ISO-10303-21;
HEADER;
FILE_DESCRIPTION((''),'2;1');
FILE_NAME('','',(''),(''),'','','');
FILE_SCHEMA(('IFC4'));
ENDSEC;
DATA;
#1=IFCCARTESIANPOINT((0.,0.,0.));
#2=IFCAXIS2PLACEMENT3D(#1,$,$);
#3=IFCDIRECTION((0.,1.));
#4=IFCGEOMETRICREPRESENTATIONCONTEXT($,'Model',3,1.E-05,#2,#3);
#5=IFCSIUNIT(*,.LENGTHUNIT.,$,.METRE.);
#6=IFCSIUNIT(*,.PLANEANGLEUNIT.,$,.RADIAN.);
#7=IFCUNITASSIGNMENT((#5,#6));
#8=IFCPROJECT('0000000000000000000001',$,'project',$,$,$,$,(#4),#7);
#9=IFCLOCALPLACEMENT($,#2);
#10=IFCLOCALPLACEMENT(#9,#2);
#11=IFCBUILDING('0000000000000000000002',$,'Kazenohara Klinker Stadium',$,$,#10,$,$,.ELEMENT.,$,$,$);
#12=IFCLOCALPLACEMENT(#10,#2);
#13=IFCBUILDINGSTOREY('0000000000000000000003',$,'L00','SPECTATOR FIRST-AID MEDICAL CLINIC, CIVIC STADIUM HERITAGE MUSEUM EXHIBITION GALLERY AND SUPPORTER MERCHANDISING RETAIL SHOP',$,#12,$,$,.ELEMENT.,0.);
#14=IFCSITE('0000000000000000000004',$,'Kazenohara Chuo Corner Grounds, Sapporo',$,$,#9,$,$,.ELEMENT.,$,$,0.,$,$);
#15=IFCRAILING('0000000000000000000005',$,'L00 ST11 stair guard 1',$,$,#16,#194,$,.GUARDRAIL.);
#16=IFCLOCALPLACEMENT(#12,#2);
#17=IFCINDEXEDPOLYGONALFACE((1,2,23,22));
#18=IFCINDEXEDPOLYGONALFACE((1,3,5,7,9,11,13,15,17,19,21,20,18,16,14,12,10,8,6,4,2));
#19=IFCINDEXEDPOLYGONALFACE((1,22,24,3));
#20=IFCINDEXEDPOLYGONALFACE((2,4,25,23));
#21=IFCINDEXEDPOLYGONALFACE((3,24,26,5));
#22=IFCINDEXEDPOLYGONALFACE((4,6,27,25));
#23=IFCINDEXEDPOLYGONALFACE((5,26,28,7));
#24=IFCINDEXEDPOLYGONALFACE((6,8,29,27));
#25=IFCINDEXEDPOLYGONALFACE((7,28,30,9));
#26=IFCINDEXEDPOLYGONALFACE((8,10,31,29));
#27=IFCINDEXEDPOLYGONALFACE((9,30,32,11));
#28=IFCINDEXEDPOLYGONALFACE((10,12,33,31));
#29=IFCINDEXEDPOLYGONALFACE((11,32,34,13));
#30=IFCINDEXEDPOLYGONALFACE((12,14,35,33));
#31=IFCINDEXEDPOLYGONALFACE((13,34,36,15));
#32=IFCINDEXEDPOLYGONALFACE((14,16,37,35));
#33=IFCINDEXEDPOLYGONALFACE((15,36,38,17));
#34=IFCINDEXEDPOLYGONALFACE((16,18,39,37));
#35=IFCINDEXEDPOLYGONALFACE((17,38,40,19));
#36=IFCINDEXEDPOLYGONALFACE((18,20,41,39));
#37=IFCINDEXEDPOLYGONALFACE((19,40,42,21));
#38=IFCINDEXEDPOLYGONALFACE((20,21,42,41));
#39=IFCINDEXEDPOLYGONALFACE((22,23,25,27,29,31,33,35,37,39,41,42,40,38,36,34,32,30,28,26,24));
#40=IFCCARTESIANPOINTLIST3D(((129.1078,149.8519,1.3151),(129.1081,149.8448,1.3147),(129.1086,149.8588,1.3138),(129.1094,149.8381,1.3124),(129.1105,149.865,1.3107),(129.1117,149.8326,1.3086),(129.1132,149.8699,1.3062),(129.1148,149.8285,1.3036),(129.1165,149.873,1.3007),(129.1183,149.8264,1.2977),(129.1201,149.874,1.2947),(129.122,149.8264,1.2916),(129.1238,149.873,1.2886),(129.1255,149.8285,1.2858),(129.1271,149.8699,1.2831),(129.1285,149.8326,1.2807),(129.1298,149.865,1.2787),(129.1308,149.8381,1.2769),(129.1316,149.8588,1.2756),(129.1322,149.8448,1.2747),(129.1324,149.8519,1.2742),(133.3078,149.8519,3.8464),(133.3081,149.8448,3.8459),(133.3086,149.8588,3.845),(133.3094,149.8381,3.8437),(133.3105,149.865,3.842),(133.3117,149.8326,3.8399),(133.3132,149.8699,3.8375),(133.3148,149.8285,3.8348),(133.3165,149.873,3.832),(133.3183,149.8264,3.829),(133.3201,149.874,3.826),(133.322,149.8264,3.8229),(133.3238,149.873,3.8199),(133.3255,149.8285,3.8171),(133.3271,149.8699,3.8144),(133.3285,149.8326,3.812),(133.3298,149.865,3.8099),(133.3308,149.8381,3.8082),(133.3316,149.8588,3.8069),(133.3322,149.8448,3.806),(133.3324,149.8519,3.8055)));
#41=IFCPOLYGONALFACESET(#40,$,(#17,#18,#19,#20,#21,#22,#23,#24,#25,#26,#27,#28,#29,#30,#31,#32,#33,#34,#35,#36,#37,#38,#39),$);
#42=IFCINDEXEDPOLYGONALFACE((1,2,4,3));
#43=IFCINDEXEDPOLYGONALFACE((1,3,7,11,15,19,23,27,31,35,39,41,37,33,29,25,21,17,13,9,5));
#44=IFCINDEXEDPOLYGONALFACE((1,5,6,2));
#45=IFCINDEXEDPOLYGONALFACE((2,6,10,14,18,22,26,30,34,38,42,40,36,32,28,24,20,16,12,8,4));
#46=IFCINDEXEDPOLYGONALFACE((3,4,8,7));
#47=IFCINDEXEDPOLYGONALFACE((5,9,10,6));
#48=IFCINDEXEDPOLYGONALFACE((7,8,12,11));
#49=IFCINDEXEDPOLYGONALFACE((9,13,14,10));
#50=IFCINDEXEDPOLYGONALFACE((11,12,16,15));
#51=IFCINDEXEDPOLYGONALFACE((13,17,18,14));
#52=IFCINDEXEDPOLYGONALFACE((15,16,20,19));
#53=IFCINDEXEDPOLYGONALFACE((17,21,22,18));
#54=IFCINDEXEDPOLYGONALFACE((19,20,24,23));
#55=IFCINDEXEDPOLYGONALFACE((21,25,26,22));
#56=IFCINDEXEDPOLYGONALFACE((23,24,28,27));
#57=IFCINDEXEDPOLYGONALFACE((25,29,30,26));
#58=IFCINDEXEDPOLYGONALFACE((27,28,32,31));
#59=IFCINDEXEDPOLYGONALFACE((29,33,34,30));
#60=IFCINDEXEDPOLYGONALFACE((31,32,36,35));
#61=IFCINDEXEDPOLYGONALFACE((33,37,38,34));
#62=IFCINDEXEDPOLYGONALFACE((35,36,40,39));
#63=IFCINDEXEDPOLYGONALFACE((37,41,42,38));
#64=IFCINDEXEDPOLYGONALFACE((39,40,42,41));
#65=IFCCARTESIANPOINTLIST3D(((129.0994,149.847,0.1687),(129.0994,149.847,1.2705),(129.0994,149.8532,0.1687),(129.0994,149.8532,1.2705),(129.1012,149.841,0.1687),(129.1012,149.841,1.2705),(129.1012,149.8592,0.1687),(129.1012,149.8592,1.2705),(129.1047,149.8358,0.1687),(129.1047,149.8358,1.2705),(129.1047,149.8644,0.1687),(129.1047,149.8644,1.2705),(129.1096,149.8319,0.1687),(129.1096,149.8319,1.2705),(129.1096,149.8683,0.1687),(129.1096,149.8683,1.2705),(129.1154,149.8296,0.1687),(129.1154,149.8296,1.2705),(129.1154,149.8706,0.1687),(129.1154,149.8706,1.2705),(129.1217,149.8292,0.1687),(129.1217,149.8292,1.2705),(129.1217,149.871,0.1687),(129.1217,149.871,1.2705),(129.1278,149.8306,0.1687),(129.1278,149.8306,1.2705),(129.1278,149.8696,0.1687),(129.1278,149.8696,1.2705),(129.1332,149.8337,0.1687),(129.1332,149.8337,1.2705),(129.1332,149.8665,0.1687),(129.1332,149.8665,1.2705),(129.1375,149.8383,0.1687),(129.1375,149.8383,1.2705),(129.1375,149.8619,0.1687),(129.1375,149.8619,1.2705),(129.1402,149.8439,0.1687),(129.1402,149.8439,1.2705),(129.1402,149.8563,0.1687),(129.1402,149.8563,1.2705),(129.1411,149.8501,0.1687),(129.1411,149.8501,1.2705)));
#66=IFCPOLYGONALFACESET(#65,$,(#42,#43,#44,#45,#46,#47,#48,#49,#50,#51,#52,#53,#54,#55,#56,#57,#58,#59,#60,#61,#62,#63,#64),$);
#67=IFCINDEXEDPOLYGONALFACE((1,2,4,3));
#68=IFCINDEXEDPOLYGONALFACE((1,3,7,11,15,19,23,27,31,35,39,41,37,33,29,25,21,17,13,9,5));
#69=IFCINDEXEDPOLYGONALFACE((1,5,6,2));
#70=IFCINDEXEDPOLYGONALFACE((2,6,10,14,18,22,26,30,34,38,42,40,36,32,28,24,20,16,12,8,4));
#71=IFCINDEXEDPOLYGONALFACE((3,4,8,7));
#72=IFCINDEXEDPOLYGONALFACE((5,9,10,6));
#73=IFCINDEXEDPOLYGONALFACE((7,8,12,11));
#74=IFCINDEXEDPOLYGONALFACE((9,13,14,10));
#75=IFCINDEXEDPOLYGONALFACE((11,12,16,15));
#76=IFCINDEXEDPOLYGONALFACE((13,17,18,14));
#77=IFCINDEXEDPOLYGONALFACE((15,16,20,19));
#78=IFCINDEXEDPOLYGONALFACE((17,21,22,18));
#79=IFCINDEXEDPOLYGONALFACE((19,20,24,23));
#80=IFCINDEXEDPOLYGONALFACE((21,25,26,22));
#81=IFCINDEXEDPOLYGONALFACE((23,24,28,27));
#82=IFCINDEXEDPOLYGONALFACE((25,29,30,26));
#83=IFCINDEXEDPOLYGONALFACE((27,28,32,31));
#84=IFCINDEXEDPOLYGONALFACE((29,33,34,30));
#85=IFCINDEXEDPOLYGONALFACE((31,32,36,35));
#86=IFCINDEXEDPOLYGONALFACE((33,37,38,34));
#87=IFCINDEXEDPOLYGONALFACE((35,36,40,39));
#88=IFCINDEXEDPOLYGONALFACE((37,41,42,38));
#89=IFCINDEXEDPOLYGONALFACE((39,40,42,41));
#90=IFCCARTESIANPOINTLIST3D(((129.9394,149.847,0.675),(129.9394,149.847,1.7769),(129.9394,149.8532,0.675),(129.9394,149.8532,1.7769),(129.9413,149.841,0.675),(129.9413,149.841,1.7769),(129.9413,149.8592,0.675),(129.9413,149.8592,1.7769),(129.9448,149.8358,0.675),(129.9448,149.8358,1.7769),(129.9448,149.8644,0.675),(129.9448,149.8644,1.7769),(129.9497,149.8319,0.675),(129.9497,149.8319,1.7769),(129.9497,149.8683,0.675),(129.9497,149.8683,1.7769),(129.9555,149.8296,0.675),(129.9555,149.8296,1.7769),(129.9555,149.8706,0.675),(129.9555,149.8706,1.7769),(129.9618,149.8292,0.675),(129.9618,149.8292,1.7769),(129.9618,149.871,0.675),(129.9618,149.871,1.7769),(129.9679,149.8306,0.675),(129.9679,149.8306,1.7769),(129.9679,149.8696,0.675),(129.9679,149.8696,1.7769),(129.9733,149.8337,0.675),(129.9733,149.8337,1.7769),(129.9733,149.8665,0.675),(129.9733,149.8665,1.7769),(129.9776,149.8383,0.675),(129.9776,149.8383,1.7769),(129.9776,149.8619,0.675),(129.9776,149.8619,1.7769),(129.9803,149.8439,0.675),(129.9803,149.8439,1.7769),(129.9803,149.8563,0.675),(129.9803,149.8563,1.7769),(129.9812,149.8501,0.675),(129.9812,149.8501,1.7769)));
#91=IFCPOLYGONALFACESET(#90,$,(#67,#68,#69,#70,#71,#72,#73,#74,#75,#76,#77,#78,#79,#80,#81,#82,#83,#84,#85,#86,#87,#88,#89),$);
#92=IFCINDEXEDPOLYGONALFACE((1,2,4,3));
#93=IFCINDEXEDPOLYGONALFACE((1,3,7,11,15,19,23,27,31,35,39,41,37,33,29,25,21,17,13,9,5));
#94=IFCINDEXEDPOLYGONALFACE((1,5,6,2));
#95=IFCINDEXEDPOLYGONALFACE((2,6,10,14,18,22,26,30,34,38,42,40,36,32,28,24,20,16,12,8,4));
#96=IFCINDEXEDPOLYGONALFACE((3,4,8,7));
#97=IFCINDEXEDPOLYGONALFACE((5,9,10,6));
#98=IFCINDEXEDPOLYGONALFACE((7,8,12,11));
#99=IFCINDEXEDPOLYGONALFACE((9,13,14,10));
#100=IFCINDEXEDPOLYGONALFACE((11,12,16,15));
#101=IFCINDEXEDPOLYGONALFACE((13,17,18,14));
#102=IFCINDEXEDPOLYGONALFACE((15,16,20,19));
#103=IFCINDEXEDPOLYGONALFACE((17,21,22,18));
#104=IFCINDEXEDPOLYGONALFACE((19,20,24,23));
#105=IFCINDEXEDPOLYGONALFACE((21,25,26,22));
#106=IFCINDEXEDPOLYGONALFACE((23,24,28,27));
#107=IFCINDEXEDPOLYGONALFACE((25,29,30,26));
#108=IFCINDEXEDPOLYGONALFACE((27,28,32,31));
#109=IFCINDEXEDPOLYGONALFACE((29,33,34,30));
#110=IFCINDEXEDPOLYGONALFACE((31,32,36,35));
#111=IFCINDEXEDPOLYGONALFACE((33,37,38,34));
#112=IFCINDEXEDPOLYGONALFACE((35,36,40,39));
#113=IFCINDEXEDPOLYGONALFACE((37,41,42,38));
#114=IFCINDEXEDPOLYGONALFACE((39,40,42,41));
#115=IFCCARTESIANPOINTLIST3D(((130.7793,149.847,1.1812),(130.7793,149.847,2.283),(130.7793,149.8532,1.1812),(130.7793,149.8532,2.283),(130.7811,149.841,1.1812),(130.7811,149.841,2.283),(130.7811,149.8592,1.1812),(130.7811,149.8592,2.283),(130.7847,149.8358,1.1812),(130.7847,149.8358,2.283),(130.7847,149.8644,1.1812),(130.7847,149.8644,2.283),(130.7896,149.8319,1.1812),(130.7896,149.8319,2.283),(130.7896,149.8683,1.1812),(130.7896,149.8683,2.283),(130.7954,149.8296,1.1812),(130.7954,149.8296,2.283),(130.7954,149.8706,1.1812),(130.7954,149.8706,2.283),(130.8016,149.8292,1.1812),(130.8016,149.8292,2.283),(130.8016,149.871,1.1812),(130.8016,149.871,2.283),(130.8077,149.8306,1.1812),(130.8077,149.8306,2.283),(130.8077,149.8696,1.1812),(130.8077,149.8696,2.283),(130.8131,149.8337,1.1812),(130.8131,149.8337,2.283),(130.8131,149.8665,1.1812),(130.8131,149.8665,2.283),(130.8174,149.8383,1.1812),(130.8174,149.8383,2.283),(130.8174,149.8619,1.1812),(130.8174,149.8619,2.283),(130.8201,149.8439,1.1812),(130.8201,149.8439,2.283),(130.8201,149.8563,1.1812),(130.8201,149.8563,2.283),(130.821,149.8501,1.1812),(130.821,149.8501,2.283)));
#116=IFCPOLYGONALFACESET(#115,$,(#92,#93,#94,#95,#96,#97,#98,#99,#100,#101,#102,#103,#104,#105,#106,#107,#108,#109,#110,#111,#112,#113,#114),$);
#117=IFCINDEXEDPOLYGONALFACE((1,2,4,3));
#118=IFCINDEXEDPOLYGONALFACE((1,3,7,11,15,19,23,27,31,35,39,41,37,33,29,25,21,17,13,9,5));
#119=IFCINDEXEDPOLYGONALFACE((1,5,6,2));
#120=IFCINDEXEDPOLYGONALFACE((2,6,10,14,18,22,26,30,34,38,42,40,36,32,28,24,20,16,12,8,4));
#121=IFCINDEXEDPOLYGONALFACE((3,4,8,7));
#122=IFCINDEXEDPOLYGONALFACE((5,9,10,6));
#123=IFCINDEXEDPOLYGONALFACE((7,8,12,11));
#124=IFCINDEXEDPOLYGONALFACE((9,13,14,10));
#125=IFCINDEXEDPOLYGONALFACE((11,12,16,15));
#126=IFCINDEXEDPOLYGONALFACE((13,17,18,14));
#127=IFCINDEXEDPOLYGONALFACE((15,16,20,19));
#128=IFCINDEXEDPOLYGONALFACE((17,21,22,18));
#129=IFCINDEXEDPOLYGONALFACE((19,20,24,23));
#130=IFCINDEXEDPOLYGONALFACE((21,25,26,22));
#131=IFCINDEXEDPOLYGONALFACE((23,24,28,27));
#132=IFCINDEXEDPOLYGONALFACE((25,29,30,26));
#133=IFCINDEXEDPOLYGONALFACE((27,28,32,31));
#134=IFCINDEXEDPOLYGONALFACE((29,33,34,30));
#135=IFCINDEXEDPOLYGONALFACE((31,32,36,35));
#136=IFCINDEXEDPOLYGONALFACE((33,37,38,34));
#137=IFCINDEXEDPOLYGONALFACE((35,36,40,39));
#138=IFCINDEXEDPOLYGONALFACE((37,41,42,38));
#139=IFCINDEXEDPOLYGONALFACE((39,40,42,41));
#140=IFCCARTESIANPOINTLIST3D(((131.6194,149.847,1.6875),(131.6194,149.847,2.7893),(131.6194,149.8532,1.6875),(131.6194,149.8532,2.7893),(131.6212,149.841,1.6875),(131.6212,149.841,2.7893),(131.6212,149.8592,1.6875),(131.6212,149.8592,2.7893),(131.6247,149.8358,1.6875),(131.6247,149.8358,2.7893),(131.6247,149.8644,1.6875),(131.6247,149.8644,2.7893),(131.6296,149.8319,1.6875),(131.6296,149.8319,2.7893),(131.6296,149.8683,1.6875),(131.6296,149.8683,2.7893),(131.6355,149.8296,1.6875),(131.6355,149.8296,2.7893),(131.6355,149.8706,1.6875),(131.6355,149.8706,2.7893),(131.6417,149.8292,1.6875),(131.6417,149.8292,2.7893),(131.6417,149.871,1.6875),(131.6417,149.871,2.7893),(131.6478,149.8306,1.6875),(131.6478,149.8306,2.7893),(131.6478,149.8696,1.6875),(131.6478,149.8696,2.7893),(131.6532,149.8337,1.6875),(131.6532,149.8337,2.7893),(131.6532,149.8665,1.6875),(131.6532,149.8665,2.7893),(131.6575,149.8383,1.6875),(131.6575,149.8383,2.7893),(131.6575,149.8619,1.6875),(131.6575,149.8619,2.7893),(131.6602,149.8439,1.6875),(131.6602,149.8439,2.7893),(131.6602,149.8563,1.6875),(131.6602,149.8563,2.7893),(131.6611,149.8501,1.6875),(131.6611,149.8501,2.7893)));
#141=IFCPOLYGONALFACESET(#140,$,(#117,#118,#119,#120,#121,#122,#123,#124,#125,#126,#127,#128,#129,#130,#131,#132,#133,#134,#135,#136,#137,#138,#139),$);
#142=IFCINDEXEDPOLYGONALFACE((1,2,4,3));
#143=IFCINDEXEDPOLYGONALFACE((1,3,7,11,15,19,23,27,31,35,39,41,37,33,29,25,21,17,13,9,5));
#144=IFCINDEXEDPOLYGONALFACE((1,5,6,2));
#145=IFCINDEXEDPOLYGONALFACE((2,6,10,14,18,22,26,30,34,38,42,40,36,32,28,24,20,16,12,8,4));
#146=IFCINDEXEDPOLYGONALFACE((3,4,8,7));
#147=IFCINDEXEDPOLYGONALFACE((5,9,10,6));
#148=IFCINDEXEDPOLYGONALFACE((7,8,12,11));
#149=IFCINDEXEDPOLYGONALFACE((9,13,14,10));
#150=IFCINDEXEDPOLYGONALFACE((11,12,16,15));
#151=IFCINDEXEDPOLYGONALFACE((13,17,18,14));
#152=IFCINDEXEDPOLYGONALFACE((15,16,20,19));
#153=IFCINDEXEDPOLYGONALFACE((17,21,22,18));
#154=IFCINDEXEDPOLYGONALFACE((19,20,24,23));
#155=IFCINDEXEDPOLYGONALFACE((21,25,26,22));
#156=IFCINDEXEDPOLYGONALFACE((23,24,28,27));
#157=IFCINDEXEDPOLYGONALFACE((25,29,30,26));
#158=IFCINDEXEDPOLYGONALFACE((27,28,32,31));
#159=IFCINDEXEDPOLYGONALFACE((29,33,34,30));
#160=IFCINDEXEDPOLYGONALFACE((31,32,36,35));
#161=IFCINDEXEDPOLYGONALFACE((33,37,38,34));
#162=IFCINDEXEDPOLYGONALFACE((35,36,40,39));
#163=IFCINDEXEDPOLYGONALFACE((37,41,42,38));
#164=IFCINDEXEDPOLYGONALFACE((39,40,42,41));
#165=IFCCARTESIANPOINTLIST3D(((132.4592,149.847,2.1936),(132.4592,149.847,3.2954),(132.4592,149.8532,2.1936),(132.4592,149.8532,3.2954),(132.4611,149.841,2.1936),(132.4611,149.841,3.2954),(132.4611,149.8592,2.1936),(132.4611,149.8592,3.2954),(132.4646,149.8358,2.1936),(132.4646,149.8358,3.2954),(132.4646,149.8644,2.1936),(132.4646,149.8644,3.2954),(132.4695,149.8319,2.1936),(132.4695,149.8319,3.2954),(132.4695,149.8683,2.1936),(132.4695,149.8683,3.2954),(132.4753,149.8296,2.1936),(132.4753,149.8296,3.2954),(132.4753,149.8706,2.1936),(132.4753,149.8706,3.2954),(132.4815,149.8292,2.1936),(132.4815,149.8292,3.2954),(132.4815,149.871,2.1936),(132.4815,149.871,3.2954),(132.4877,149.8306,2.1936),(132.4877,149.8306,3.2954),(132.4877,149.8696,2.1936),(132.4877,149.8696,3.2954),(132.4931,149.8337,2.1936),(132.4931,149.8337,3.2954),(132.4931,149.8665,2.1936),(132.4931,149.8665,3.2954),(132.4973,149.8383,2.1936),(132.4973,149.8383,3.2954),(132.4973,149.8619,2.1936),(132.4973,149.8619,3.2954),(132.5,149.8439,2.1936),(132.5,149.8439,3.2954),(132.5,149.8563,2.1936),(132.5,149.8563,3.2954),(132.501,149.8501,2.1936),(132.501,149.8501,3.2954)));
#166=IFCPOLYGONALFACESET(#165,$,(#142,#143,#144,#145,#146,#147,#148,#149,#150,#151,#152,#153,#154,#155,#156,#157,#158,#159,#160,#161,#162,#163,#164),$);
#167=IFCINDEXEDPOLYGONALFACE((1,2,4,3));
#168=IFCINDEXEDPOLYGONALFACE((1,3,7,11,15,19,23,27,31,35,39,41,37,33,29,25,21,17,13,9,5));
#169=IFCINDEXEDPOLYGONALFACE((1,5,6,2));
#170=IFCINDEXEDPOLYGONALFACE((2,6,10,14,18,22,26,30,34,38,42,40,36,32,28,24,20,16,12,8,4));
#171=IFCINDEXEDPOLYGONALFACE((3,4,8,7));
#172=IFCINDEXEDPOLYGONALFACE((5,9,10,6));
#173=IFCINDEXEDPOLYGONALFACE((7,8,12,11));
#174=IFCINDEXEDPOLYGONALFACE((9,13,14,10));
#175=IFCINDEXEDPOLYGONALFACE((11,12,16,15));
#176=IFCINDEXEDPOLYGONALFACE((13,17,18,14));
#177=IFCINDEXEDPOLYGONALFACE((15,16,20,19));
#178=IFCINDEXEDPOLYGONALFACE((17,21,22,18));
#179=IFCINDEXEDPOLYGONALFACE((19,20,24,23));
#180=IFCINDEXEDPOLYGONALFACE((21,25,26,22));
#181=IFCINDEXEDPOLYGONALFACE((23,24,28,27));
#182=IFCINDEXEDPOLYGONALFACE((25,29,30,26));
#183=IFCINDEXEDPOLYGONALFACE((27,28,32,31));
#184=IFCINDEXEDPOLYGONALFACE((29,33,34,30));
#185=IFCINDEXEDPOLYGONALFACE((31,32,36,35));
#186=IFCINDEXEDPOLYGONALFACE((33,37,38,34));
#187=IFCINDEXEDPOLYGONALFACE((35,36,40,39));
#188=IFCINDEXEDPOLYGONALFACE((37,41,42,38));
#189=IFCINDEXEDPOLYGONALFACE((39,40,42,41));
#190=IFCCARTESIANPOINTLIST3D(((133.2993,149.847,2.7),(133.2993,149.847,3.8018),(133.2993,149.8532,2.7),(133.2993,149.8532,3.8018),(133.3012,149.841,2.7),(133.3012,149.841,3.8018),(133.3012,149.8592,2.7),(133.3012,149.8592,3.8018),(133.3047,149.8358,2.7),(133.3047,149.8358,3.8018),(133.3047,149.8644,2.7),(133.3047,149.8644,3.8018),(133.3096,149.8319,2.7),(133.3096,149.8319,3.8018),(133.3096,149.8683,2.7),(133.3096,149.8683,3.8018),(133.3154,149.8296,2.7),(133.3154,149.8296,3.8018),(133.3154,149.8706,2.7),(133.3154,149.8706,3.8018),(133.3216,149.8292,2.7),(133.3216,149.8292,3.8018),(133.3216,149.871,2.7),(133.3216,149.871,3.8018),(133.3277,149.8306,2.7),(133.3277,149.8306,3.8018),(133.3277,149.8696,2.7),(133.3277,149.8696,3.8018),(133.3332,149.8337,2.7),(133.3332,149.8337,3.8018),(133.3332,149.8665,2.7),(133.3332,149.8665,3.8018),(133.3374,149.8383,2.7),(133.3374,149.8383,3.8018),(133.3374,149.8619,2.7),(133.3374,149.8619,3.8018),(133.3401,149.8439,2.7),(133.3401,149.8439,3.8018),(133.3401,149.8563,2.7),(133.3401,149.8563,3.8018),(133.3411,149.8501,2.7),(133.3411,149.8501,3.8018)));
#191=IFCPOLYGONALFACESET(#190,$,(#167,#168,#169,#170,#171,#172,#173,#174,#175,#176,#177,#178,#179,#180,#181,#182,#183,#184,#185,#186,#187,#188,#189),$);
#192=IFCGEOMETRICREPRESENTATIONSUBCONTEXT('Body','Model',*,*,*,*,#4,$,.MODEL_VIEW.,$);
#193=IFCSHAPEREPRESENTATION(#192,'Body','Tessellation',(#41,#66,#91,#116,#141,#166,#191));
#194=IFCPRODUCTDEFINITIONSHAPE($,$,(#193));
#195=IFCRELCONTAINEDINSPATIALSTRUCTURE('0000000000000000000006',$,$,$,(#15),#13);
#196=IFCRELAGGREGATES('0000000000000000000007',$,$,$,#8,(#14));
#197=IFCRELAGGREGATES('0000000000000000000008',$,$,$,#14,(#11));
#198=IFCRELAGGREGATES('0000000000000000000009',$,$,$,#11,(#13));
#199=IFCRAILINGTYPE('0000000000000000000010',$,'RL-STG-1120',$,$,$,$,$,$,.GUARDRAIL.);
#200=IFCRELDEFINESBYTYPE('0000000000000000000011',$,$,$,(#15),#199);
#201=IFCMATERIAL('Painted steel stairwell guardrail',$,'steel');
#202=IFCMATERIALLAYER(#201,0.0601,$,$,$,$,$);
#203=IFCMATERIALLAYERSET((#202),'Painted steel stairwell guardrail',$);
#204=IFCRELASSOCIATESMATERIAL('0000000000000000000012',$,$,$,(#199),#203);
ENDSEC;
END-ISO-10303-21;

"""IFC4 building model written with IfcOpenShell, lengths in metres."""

from ifc_helpers import new_model, si_unit, direction, frame, origin, origin_2d, place, context, subcontext, project, spatial, circle, extrude, material, layer, layer_set, type_object, element, save


model = new_model("IFC4")

# Units and contexts
model_context = context("Model", 3, precision=1e-05, world=origin(), true_north=direction((0.0, 1.0)))
body_context = subcontext(model_context, "Body", "Model", "MODEL_VIEW")
ifc_project = project(units=[si_unit("LENGTHUNIT", "METRE"), si_unit("PLANEANGLEUNIT", "RADIAN")], contexts=[model_context])

# Site, building, storey
site_placement = place(None, origin())
site = spatial("IfcSite", under=ifc_project, at=site_placement, Name="Kazenohara Chuo Corner Grounds, Sapporo", CompositionType="ELEMENT", RefElevation=0.0)
building_placement = place(site_placement, origin())
building = spatial("IfcBuilding", under=site, at=building_placement, Name="Kazenohara Klinker Stadium", CompositionType="ELEMENT")
storey_placement = place(building_placement, origin())
storey = spatial("IfcBuildingStorey", under=building, at=storey_placement, Name="L00", Description="SPECTATOR FIRST-AID MEDICAL CLINIC, CIVIC STADIUM HERITAGE MUSEUM EXHIBITION GALLERY AND SUPPORTER MERCHANDISING RETAIL SHOP", CompositionType="ELEMENT", Elevation=0.0)

# Railing
ifc_material_1 = material(Name="Painted steel stairwell guardrail", Category="steel")
ifc_layer_1 = layer(ifc_material_1, 0.0601)
ifc_layer_set_1 = layer_set([ifc_layer_1], Name="Painted steel stairwell guardrail")
railing_type_1 = type_object("IfcRailingType", Name="RL-STG-1120", PredefinedType="GUARDRAIL", material=ifc_layer_set_1)
railing_1_placement = place(storey_placement, frame((129.1201, 149.8501, 0.1687)))
element("IfcRailing", 1, at=railing_1_placement, inside=storey, type_object=railing_type_1, Name="L00 ST11 stair guard 1", PredefinedType="GUARDRAIL", context=body_context, shape_type="SweptSolid", body=[
    extrude(circle(Radius=0.0239, at=origin_2d()), frame((0.0, 0.0, 1.126), z_axis=(0.856476, 0.0, 0.516186), x_axis=(0.0, 1.0, 0.0)), (0.0, 0.0, 1.0), 4.9038),
    extrude(circle(Radius=0.021, at=origin_2d()), origin(), (0.0, 0.0, 1.0), 1.1018),
    extrude(circle(Radius=0.021, at=origin_2d()), frame((0.8401, 0.0, 0.5063)), (0.0, 0.0, 1.0), 1.1018),
    extrude(circle(Radius=0.021, at=origin_2d()), frame((1.6799, 0.0, 1.0125)), (0.0, 0.0, 1.0), 1.1018),
    extrude(circle(Radius=0.021, at=origin_2d()), frame((2.52, 0.0, 1.5188)), (0.0, 0.0, 1.0), 1.1018),
    extrude(circle(Radius=0.021, at=origin_2d()), frame((3.3599, 0.0, 2.0249)), (0.0, 0.0, 1.0), 1.1018),
    extrude(circle(Radius=0.021, at=origin_2d()), frame((4.2, 0.0, 2.5312)), (0.0, 0.0, 1.0), 1.1018),
])

save(model, "model.ifc")
